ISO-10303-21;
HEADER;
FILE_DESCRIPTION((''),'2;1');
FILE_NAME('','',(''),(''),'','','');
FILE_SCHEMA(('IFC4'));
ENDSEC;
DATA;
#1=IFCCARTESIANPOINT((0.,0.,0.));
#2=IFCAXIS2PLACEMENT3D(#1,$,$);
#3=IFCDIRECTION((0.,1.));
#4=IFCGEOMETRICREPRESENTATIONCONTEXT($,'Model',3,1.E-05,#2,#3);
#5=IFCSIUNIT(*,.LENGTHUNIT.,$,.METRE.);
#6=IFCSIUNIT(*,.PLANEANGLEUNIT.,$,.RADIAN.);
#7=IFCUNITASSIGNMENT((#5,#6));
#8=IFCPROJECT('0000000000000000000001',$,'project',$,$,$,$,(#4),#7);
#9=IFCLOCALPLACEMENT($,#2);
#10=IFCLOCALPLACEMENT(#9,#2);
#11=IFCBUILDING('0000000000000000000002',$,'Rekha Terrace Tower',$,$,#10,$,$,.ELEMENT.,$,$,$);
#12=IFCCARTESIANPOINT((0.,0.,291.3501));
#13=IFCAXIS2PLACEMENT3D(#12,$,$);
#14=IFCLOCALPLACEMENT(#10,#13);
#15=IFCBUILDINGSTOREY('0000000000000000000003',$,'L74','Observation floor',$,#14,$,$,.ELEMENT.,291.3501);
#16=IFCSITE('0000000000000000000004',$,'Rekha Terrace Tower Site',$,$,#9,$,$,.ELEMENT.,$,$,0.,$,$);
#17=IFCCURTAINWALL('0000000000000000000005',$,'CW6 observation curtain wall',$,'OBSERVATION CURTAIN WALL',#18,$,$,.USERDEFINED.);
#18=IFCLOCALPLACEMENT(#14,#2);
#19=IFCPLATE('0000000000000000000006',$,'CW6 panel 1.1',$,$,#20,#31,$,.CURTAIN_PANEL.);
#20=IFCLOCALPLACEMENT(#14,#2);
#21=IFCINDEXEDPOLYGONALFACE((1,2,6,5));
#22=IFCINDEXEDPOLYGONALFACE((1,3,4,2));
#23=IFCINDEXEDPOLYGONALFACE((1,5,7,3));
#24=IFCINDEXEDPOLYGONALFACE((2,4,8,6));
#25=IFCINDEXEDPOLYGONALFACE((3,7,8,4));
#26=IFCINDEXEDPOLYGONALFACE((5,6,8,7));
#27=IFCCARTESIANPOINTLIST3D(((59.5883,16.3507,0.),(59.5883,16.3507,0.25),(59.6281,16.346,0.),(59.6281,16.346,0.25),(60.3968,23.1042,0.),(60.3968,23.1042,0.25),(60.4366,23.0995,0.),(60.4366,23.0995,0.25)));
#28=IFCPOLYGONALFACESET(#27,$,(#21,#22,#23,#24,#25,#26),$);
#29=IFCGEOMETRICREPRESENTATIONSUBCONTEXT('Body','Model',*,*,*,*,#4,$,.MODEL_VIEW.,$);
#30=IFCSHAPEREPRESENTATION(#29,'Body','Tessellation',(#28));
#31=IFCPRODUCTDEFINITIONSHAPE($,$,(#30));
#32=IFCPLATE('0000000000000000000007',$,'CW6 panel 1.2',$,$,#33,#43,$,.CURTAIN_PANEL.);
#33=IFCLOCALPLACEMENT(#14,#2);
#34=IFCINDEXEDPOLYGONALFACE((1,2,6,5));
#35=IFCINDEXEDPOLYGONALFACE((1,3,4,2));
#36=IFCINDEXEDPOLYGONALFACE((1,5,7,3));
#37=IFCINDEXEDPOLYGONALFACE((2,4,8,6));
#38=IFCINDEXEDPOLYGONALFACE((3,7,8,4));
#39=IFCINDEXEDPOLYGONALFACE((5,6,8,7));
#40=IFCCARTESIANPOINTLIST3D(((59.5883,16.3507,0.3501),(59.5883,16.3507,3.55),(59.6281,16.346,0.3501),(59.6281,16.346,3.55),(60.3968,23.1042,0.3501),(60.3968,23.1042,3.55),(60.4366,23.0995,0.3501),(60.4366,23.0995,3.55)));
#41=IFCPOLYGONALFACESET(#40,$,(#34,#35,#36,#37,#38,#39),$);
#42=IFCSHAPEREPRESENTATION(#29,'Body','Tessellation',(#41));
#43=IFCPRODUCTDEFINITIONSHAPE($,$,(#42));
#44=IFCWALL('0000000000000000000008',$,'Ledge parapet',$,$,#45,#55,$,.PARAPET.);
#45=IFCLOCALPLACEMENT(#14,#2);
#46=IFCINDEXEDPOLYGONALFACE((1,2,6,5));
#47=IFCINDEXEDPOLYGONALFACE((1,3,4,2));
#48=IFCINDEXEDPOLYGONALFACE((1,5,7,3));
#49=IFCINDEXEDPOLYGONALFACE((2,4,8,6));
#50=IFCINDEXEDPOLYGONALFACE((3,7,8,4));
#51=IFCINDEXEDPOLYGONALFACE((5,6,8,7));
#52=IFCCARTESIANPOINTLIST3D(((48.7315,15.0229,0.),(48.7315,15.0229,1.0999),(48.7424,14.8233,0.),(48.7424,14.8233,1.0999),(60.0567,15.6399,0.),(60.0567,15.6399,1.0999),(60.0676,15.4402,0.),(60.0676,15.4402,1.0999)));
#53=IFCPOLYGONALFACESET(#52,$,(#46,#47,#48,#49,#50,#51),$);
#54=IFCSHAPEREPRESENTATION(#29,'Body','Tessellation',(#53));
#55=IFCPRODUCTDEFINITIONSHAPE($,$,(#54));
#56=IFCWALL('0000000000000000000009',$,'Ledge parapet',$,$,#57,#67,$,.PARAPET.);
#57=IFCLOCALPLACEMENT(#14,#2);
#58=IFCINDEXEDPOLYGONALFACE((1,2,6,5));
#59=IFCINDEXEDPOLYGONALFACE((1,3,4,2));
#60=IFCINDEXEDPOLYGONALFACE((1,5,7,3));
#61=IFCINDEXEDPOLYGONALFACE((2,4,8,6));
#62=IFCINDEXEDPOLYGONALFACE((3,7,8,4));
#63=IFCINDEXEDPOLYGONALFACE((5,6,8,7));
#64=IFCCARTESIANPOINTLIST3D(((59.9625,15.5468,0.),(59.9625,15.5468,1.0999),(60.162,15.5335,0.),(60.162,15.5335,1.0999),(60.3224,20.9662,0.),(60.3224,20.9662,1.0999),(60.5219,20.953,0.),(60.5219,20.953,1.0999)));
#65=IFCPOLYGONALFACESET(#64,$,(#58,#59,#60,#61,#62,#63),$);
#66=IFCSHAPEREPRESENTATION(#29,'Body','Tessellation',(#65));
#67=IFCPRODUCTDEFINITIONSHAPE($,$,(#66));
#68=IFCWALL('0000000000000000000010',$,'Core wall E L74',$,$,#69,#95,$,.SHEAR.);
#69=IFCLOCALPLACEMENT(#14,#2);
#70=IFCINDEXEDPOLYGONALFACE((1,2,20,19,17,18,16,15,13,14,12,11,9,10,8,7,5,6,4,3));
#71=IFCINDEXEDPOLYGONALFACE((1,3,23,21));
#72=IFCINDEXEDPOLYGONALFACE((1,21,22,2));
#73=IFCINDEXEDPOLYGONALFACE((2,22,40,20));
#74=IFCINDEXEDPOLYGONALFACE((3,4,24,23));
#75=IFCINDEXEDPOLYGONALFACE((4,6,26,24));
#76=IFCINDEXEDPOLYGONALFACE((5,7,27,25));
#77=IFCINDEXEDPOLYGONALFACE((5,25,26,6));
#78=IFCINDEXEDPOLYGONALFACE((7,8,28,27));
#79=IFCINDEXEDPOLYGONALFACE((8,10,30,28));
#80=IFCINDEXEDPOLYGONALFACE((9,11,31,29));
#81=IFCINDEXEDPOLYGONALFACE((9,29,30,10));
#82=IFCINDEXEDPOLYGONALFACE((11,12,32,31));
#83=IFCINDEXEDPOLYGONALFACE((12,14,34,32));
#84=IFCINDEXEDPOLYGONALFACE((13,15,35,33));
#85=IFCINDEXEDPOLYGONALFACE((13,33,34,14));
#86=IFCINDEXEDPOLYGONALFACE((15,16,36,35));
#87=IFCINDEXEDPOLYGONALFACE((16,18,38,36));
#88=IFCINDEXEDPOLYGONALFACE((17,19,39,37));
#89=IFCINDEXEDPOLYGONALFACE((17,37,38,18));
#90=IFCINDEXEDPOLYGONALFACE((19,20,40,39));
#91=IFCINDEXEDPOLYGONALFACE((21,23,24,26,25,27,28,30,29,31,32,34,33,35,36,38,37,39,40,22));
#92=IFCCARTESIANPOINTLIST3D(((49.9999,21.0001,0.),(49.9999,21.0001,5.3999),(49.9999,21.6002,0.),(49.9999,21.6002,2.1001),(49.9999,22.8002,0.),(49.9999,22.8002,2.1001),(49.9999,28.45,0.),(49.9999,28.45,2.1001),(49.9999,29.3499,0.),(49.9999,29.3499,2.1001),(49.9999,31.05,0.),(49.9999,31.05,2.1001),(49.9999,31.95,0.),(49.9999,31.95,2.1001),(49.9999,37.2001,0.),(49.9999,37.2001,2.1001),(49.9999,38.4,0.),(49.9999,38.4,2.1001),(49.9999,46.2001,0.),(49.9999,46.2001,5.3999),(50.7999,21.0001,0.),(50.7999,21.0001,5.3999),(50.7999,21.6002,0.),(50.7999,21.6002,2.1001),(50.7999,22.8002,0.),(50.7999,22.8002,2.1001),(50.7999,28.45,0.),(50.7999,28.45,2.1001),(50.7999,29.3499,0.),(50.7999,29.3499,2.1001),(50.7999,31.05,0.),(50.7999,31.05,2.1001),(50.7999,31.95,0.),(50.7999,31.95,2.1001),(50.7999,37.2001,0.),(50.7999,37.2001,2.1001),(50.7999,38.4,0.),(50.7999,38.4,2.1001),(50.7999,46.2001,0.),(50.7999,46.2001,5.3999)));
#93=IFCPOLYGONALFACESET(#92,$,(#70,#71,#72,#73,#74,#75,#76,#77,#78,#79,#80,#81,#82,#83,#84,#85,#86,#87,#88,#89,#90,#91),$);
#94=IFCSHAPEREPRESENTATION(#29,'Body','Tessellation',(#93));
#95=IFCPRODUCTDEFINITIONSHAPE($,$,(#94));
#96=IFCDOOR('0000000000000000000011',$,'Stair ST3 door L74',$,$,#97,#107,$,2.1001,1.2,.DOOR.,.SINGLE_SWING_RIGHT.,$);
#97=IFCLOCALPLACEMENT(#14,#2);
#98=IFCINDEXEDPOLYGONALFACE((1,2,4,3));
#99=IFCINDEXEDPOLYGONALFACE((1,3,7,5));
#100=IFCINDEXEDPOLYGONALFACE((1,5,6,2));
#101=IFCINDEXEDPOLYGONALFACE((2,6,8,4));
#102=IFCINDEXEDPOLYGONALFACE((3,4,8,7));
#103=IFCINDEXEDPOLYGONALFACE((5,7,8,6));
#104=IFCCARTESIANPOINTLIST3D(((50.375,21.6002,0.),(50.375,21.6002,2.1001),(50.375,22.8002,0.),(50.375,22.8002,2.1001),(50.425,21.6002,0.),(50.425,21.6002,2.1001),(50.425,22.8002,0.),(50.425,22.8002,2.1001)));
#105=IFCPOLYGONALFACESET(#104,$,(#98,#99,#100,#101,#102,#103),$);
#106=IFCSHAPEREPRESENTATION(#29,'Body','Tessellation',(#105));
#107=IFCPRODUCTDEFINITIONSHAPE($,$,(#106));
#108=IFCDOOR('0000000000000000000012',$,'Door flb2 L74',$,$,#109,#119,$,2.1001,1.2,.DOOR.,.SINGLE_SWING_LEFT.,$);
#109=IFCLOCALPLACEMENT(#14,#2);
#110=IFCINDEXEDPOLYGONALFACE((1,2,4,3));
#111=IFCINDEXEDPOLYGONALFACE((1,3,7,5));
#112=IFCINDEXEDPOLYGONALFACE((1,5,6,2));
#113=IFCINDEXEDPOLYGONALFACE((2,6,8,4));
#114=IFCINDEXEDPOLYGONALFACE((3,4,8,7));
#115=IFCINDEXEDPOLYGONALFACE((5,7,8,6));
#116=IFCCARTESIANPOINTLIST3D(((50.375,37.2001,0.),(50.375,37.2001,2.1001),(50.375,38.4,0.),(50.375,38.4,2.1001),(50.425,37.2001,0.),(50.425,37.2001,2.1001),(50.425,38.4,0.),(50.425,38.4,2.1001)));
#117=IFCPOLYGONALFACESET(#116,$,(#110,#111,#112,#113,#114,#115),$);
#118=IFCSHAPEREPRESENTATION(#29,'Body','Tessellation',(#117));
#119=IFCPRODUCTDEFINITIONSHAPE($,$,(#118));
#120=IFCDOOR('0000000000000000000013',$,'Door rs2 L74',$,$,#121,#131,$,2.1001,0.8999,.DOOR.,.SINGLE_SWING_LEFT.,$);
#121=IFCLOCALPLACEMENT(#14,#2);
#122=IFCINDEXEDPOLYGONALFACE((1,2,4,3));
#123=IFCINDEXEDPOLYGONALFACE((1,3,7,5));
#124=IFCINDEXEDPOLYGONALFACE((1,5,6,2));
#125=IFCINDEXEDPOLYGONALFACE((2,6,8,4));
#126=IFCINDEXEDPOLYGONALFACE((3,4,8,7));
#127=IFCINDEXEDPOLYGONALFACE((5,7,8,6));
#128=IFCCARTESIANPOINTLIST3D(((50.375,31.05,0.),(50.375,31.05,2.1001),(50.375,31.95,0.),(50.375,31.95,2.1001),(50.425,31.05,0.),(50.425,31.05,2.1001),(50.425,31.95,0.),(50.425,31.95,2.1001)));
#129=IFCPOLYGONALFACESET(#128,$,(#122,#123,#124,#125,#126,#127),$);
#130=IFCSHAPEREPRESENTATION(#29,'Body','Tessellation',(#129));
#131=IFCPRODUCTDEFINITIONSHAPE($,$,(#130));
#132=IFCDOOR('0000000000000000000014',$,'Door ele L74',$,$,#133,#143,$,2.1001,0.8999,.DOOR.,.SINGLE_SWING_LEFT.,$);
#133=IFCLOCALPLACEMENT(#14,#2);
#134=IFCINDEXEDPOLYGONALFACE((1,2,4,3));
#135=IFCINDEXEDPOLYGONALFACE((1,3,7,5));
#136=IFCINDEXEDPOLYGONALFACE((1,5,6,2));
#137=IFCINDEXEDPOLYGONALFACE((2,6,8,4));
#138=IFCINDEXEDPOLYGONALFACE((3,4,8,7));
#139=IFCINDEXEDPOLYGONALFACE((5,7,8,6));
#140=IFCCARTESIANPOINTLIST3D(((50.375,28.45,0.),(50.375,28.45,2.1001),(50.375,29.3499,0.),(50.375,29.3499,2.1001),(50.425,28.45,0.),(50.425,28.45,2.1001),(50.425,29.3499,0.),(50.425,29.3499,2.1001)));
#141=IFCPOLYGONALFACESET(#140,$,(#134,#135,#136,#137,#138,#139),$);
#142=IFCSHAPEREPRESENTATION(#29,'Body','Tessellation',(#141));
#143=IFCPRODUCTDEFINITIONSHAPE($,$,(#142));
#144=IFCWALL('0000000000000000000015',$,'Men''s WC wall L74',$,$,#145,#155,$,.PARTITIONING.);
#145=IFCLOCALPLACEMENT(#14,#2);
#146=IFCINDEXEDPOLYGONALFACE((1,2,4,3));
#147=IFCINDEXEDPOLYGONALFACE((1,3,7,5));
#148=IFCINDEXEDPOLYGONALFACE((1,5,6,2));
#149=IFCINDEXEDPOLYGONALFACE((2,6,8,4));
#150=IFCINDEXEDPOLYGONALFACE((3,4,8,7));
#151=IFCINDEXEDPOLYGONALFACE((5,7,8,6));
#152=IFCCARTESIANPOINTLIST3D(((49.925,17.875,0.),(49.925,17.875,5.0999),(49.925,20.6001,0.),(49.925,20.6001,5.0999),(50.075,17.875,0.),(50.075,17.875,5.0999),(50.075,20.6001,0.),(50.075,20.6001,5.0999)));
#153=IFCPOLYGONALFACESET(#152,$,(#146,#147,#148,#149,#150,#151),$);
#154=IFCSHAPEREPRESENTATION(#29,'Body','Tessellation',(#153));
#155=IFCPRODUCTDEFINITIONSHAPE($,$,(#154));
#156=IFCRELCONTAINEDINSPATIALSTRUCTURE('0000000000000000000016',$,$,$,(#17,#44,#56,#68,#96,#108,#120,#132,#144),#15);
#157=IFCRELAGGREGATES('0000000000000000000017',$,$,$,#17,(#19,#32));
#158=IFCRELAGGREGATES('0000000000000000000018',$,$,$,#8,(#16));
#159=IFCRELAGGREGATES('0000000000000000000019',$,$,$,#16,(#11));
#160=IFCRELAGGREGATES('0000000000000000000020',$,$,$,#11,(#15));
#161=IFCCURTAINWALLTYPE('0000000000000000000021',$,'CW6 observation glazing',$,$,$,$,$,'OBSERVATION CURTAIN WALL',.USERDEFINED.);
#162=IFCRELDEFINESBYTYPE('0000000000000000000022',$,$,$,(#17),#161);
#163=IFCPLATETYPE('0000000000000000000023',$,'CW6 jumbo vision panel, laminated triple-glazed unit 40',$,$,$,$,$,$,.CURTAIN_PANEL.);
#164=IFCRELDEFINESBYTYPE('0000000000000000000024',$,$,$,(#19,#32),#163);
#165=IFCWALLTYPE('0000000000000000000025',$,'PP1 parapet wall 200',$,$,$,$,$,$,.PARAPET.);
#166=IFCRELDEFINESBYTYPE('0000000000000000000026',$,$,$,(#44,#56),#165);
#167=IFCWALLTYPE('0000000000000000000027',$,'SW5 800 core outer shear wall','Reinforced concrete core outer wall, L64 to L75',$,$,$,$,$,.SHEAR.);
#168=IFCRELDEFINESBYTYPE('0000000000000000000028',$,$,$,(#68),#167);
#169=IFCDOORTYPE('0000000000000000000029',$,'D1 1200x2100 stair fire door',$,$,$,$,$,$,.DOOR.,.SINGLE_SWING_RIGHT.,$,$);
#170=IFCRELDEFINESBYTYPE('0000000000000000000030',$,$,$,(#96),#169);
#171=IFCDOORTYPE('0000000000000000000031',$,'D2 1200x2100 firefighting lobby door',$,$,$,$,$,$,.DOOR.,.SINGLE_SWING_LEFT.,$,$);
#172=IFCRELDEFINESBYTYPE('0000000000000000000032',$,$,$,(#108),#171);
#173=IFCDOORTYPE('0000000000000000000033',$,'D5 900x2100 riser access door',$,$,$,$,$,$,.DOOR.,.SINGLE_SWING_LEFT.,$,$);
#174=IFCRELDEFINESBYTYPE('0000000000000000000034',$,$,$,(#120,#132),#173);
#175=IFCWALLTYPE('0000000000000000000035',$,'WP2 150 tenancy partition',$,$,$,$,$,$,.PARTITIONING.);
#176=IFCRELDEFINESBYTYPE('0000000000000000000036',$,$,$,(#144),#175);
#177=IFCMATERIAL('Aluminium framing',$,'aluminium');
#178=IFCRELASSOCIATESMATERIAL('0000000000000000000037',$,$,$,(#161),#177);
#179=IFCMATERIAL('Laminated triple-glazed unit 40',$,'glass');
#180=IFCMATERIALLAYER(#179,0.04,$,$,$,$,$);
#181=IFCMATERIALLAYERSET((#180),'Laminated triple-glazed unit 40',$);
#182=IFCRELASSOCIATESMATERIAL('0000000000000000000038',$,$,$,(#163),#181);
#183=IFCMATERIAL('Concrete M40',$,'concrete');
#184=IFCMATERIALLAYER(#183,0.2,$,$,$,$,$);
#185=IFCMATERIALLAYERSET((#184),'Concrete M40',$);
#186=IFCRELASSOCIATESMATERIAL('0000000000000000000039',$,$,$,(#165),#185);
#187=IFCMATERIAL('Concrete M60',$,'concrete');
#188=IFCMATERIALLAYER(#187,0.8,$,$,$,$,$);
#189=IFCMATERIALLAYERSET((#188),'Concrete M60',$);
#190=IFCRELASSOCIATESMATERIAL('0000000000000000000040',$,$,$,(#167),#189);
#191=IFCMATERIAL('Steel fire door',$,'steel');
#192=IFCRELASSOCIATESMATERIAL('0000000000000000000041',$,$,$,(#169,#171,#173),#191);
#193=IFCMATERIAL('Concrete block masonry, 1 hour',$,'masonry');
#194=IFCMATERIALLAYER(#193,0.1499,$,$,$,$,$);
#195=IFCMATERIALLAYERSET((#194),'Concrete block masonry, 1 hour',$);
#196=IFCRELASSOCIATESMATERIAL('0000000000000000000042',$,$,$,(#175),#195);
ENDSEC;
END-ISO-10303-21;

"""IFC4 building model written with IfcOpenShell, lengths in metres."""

from ifc_helpers import new_model, si_unit, direction, frame, frame_2d, origin, origin_2d, place, context, subcontext, project, spatial, rectangle, extrude, material, layer, layer_set, type_object, element, fill, aggregate, save


model = new_model("IFC4")

# Units and contexts
model_context = context("Model", 3, precision=1e-05, world=origin(), true_north=direction((0.0, 1.0)))
body_context = subcontext(model_context, "Body", "Model", "MODEL_VIEW")
ifc_project = project(units=[si_unit("LENGTHUNIT", "METRE"), si_unit("PLANEANGLEUNIT", "RADIAN")], contexts=[model_context])

# Site, building, storey
site_placement = place(None, origin())
site = spatial("IfcSite", under=ifc_project, at=site_placement, Name="Rekha Terrace Tower Site", CompositionType="ELEMENT", RefElevation=0.0)
building_placement = place(site_placement, origin())
building = spatial("IfcBuilding", under=site, at=building_placement, Name="Rekha Terrace Tower", CompositionType="ELEMENT")
storey_placement = place(building_placement, frame((0.0, 0.0, 291.3501)))
storey = spatial("IfcBuildingStorey", under=building, at=storey_placement, Name="L74", Description="Observation floor", CompositionType="ELEMENT", Elevation=291.3501)

# Shared definitions
ifc_material_1 = material(Name="Aluminium framing", Category="aluminium")
curtain_wall_type = type_object("IfcCurtainWallType", Name="CW6 observation glazing", ElementType="OBSERVATION CURTAIN WALL", PredefinedType="USERDEFINED", material=ifc_material_1)

# Curtain wall
curtain_wall_1_placement = place(storey_placement, origin())
curtain_wall_1 = element("IfcCurtainWall", 1, at=curtain_wall_1_placement, inside=storey, type_object=curtain_wall_type, Name="CW6 observation curtain wall", ObjectType="OBSERVATION CURTAIN WALL", PredefinedType="USERDEFINED")

# Plates
ifc_material_2 = material(Name="Laminated triple-glazed unit 40", Category="glass")
ifc_layer_1 = layer(ifc_material_2, 0.04)
ifc_layer_set_1 = layer_set([ifc_layer_1], Name="Laminated triple-glazed unit 40")
plate_type = type_object("IfcPlateType", Name="CW6 jumbo vision panel, laminated triple-glazed unit 40", PredefinedType="CURTAIN_PANEL", material=ifc_layer_set_1)
plate_1_placement = place(storey_placement, frame((60.0125, 19.7251, 0.0), z_axis=(0.0, 0.0, 1.0), x_axis=(0.118869, 0.99291, 0.0)))
plate_1 = element("IfcPlate", 2, at=plate_1_placement, type_object=plate_type, Name="CW6 panel 1.1", PredefinedType="CURTAIN_PANEL", context=body_context, shape_type="SweptSolid", body=[
    extrude(rectangle(XDim=6.8018, YDim=0.04, at=origin_2d()), origin(), (0.0, 0.0, 1.0), 0.25),
])
plate_2_placement = place(storey_placement, frame((60.0125, 19.7251, 0.3501), z_axis=(0.0, 0.0, 1.0), x_axis=(0.118869, 0.99291, 0.0)))
plate_2 = element("IfcPlate", 3, at=plate_2_placement, type_object=plate_type, Name="CW6 panel 1.2", PredefinedType="CURTAIN_PANEL", context=body_context, shape_type="SweptSolid", body=[
    extrude(rectangle(XDim=6.8018, YDim=0.04, at=origin_2d()), origin(), (0.0, 0.0, 1.0), 3.2),
])
aggregate(curtain_wall_1, [plate_1, plate_2])

# Walls
ifc_material_3 = material(Name="Concrete M40", Category="concrete")
ifc_layer_2 = layer(ifc_material_3, 0.2)
ifc_layer_set_2 = layer_set([ifc_layer_2], Name="Concrete M40")
wall_type_1 = type_object("IfcWallType", Name="PP1 parapet wall 200", PredefinedType="PARAPET", material=ifc_layer_set_2)
wall_1_placement = place(storey_placement, frame((48.7371, 14.9231, 0.0), z_axis=(0.0, 0.0, 1.0), x_axis=(0.99852, 0.054395, 0.0)))
element("IfcWall", 4, at=wall_1_placement, inside=storey, type_object=wall_type_1, Name="Ledge parapet", PredefinedType="PARAPET", context=body_context, shape_type="SweptSolid", body=[
    extrude(rectangle(XDim=11.342, YDim=0.2, at=frame_2d((5.6709, 0.0))), origin(), (0.0, 0.0, 1.0), 1.0999),
])
wall_2_placement = place(storey_placement, frame((60.0623, 15.54, 0.0), z_axis=(0.0, 0.0, 1.0), x_axis=(0.066256, 0.997803, 0.0)))
element("IfcWall", 5, at=wall_2_placement, inside=storey, type_object=wall_type_1, Name="Ledge parapet", PredefinedType="PARAPET", context=body_context, shape_type="SweptSolid", body=[
    extrude(rectangle(XDim=5.4314, YDim=0.2, at=frame_2d((2.7158, 0.0))), origin(), (0.0, 0.0, 1.0), 1.0999),
])

# Wall, openings, doors
ifc_material_4 = material(Name="Concrete M60", Category="concrete")
ifc_layer_3 = layer(ifc_material_4, 0.8)
ifc_layer_set_3 = layer_set([ifc_layer_3], Name="Concrete M60")
wall_type_2 = type_object("IfcWallType", Name="SW5 800 core outer shear wall", Description="Reinforced concrete core outer wall, L64 to L75", PredefinedType="SHEAR", material=ifc_layer_set_3)
wall_3_placement = place(storey_placement, frame((50.3999, 21.0, 0.0), z_axis=(0.0, 0.0, 1.0), x_axis=(0.0, 1.0, 0.0)))
wall_3 = element("IfcWall", 6, at=wall_3_placement, inside=storey, type_object=wall_type_2, Name="Core wall E L74", PredefinedType="SHEAR", context=body_context, shape_type="SweptSolid", body=[
    extrude(rectangle(XDim=25.2, YDim=0.8, at=frame_2d((12.6001, 0.0))), origin(), (0.0, 0.0, 1.0), 5.3999),
])
opening_1_placement = place(wall_3_placement, frame((16.2, 0.0, 0.0)))
opening_1 = element("IfcOpeningElement", 7, at=opening_1_placement, cuts=wall_3, PredefinedType="OPENING", context=body_context, shape_type="SweptSolid", body=[
    extrude(rectangle(XDim=1.2, YDim=2.1001, at=frame_2d((0.6001, 1.05))), frame((0.0, 0.4099, 0.0), z_axis=(0.0, -1.0, 0.0), x_axis=(1.0, 0.0, 0.0)), (0.0, 0.0, 1.0), 0.8201),
])
opening_2_placement = place(wall_3_placement, frame((10.05, 0.0, 0.0)))
opening_2 = element("IfcOpeningElement", 8, at=opening_2_placement, cuts=wall_3, PredefinedType="OPENING", context=body_context, shape_type="SweptSolid", body=[
    extrude(rectangle(XDim=0.8999, YDim=2.1001, at=frame_2d((0.45, 1.05))), frame((0.0, 0.4099, 0.0), z_axis=(0.0, -1.0, 0.0), x_axis=(1.0, 0.0, 0.0)), (0.0, 0.0, 1.0), 0.8201),
])
opening_3_placement = place(wall_3_placement, frame((7.45, 0.0, 0.0)))
opening_3 = element("IfcOpeningElement", 9, at=opening_3_placement, cuts=wall_3, PredefinedType="OPENING", context=body_context, shape_type="SweptSolid", body=[
    extrude(rectangle(XDim=0.8999, YDim=2.1001, at=frame_2d((0.45, 1.05))), frame((0.0, 0.4099, 0.0), z_axis=(0.0, -1.0, 0.0), x_axis=(1.0, 0.0, 0.0)), (0.0, 0.0, 1.0), 0.8201),
])
opening_4_placement = place(wall_3_placement, frame((0.6001, 0.0, 0.0)))
opening_4 = element("IfcOpeningElement", 10, at=opening_4_placement, cuts=wall_3, PredefinedType="OPENING", context=body_context, shape_type="SweptSolid", body=[
    extrude(rectangle(XDim=1.2, YDim=2.1001, at=frame_2d((0.6001, 1.05))), frame((0.0, 0.4099, 0.0), z_axis=(0.0, -1.0, 0.0), x_axis=(1.0, 0.0, 0.0)), (0.0, 0.0, 1.0), 0.8201),
])
ifc_material_5 = material(Name="Steel fire door", Category="steel")
door_type_1 = type_object("IfcDoorType", Name="D1 1200x2100 stair fire door", OperationType="SINGLE_SWING_RIGHT", PredefinedType="DOOR", material=ifc_material_5)
door_1_placement = place(opening_4_placement, origin())
door_1 = element("IfcDoor", 11, at=door_1_placement, inside=storey, type_object=door_type_1, Name="Stair ST3 door L74", OperationType="SINGLE_SWING_RIGHT", OverallHeight=2.1001, OverallWidth=1.2, PredefinedType="DOOR", context=body_context, shape_type="SweptSolid", body=[
    extrude(rectangle(XDim=1.2, YDim=2.1001, at=frame_2d((0.6001, 1.05))), frame((0.0, 0.0249, 0.0), z_axis=(0.0, -1.0, 0.0), x_axis=(1.0, 0.0, 0.0)), (0.0, 0.0, 1.0), 0.05),
])
fill(opening_4, door_1)
door_type_2 = type_object("IfcDoorType", Name="D2 1200x2100 firefighting lobby door", OperationType="SINGLE_SWING_LEFT", PredefinedType="DOOR", material=ifc_material_5)
door_2_placement = place(opening_1_placement, origin())
door_2 = element("IfcDoor", 12, at=door_2_placement, inside=storey, type_object=door_type_2, Name="Door flb2 L74", OperationType="SINGLE_SWING_LEFT", OverallHeight=2.1001, OverallWidth=1.2, PredefinedType="DOOR", context=body_context, shape_type="SweptSolid", body=[
    extrude(rectangle(XDim=1.2, YDim=2.1001, at=frame_2d((0.6001, 1.05))), frame((0.0, 0.0249, 0.0), z_axis=(0.0, -1.0, 0.0), x_axis=(1.0, 0.0, 0.0)), (0.0, 0.0, 1.0), 0.05),
])
fill(opening_1, door_2)
door_type_3 = type_object("IfcDoorType", Name="D5 900x2100 riser access door", OperationType="SINGLE_SWING_LEFT", PredefinedType="DOOR", material=ifc_material_5)
door_3_placement = place(opening_2_placement, origin())
door_3 = element("IfcDoor", 13, at=door_3_placement, inside=storey, type_object=door_type_3, Name="Door rs2 L74", OperationType="SINGLE_SWING_LEFT", OverallHeight=2.1001, OverallWidth=0.8999, PredefinedType="DOOR", context=body_context, shape_type="SweptSolid", body=[
    extrude(rectangle(XDim=0.8999, YDim=2.1001, at=frame_2d((0.45, 1.05))), frame((0.0, 0.0249, 0.0), z_axis=(0.0, -1.0, 0.0), x_axis=(1.0, 0.0, 0.0)), (0.0, 0.0, 1.0), 0.05),
])
fill(opening_2, door_3)
door_4_placement = place(opening_3_placement, origin())
door_4 = element("IfcDoor", 14, at=door_4_placement, inside=storey, type_object=door_type_3, Name="Door ele L74", OperationType="SINGLE_SWING_LEFT", OverallHeight=2.1001, OverallWidth=0.8999, PredefinedType="DOOR", context=body_context, shape_type="SweptSolid", body=[
    extrude(rectangle(XDim=0.8999, YDim=2.1001, at=frame_2d((0.45, 1.05))), frame((0.0, 0.0249, 0.0), z_axis=(0.0, -1.0, 0.0), x_axis=(1.0, 0.0, 0.0)), (0.0, 0.0, 1.0), 0.05),
])
fill(opening_3, door_4)

# Wall
ifc_material_6 = material(Name="Concrete block masonry, 1 hour", Category="masonry")
ifc_layer_4 = layer(ifc_material_6, 0.1499)
ifc_layer_set_4 = layer_set([ifc_layer_4], Name="Concrete block masonry, 1 hour")
wall_type_3 = type_object("IfcWallType", Name="WP2 150 tenancy partition", PredefinedType="PARTITIONING", material=ifc_layer_set_4)
wall_4_placement = place(storey_placement, frame((50.0, 17.875, 0.0), z_axis=(0.0, 0.0, 1.0), x_axis=(0.0, 1.0, 0.0)))
element("IfcWall", 15, at=wall_4_placement, inside=storey, type_object=wall_type_3, Name="Men's WC wall L74", PredefinedType="PARTITIONING", context=body_context, shape_type="SweptSolid", body=[
    extrude(rectangle(XDim=2.7251, YDim=0.1499, at=frame_2d((1.3625, 0.0))), origin(), (0.0, 0.0, 1.0), 5.0999),
])

save(model, "model.ifc")
